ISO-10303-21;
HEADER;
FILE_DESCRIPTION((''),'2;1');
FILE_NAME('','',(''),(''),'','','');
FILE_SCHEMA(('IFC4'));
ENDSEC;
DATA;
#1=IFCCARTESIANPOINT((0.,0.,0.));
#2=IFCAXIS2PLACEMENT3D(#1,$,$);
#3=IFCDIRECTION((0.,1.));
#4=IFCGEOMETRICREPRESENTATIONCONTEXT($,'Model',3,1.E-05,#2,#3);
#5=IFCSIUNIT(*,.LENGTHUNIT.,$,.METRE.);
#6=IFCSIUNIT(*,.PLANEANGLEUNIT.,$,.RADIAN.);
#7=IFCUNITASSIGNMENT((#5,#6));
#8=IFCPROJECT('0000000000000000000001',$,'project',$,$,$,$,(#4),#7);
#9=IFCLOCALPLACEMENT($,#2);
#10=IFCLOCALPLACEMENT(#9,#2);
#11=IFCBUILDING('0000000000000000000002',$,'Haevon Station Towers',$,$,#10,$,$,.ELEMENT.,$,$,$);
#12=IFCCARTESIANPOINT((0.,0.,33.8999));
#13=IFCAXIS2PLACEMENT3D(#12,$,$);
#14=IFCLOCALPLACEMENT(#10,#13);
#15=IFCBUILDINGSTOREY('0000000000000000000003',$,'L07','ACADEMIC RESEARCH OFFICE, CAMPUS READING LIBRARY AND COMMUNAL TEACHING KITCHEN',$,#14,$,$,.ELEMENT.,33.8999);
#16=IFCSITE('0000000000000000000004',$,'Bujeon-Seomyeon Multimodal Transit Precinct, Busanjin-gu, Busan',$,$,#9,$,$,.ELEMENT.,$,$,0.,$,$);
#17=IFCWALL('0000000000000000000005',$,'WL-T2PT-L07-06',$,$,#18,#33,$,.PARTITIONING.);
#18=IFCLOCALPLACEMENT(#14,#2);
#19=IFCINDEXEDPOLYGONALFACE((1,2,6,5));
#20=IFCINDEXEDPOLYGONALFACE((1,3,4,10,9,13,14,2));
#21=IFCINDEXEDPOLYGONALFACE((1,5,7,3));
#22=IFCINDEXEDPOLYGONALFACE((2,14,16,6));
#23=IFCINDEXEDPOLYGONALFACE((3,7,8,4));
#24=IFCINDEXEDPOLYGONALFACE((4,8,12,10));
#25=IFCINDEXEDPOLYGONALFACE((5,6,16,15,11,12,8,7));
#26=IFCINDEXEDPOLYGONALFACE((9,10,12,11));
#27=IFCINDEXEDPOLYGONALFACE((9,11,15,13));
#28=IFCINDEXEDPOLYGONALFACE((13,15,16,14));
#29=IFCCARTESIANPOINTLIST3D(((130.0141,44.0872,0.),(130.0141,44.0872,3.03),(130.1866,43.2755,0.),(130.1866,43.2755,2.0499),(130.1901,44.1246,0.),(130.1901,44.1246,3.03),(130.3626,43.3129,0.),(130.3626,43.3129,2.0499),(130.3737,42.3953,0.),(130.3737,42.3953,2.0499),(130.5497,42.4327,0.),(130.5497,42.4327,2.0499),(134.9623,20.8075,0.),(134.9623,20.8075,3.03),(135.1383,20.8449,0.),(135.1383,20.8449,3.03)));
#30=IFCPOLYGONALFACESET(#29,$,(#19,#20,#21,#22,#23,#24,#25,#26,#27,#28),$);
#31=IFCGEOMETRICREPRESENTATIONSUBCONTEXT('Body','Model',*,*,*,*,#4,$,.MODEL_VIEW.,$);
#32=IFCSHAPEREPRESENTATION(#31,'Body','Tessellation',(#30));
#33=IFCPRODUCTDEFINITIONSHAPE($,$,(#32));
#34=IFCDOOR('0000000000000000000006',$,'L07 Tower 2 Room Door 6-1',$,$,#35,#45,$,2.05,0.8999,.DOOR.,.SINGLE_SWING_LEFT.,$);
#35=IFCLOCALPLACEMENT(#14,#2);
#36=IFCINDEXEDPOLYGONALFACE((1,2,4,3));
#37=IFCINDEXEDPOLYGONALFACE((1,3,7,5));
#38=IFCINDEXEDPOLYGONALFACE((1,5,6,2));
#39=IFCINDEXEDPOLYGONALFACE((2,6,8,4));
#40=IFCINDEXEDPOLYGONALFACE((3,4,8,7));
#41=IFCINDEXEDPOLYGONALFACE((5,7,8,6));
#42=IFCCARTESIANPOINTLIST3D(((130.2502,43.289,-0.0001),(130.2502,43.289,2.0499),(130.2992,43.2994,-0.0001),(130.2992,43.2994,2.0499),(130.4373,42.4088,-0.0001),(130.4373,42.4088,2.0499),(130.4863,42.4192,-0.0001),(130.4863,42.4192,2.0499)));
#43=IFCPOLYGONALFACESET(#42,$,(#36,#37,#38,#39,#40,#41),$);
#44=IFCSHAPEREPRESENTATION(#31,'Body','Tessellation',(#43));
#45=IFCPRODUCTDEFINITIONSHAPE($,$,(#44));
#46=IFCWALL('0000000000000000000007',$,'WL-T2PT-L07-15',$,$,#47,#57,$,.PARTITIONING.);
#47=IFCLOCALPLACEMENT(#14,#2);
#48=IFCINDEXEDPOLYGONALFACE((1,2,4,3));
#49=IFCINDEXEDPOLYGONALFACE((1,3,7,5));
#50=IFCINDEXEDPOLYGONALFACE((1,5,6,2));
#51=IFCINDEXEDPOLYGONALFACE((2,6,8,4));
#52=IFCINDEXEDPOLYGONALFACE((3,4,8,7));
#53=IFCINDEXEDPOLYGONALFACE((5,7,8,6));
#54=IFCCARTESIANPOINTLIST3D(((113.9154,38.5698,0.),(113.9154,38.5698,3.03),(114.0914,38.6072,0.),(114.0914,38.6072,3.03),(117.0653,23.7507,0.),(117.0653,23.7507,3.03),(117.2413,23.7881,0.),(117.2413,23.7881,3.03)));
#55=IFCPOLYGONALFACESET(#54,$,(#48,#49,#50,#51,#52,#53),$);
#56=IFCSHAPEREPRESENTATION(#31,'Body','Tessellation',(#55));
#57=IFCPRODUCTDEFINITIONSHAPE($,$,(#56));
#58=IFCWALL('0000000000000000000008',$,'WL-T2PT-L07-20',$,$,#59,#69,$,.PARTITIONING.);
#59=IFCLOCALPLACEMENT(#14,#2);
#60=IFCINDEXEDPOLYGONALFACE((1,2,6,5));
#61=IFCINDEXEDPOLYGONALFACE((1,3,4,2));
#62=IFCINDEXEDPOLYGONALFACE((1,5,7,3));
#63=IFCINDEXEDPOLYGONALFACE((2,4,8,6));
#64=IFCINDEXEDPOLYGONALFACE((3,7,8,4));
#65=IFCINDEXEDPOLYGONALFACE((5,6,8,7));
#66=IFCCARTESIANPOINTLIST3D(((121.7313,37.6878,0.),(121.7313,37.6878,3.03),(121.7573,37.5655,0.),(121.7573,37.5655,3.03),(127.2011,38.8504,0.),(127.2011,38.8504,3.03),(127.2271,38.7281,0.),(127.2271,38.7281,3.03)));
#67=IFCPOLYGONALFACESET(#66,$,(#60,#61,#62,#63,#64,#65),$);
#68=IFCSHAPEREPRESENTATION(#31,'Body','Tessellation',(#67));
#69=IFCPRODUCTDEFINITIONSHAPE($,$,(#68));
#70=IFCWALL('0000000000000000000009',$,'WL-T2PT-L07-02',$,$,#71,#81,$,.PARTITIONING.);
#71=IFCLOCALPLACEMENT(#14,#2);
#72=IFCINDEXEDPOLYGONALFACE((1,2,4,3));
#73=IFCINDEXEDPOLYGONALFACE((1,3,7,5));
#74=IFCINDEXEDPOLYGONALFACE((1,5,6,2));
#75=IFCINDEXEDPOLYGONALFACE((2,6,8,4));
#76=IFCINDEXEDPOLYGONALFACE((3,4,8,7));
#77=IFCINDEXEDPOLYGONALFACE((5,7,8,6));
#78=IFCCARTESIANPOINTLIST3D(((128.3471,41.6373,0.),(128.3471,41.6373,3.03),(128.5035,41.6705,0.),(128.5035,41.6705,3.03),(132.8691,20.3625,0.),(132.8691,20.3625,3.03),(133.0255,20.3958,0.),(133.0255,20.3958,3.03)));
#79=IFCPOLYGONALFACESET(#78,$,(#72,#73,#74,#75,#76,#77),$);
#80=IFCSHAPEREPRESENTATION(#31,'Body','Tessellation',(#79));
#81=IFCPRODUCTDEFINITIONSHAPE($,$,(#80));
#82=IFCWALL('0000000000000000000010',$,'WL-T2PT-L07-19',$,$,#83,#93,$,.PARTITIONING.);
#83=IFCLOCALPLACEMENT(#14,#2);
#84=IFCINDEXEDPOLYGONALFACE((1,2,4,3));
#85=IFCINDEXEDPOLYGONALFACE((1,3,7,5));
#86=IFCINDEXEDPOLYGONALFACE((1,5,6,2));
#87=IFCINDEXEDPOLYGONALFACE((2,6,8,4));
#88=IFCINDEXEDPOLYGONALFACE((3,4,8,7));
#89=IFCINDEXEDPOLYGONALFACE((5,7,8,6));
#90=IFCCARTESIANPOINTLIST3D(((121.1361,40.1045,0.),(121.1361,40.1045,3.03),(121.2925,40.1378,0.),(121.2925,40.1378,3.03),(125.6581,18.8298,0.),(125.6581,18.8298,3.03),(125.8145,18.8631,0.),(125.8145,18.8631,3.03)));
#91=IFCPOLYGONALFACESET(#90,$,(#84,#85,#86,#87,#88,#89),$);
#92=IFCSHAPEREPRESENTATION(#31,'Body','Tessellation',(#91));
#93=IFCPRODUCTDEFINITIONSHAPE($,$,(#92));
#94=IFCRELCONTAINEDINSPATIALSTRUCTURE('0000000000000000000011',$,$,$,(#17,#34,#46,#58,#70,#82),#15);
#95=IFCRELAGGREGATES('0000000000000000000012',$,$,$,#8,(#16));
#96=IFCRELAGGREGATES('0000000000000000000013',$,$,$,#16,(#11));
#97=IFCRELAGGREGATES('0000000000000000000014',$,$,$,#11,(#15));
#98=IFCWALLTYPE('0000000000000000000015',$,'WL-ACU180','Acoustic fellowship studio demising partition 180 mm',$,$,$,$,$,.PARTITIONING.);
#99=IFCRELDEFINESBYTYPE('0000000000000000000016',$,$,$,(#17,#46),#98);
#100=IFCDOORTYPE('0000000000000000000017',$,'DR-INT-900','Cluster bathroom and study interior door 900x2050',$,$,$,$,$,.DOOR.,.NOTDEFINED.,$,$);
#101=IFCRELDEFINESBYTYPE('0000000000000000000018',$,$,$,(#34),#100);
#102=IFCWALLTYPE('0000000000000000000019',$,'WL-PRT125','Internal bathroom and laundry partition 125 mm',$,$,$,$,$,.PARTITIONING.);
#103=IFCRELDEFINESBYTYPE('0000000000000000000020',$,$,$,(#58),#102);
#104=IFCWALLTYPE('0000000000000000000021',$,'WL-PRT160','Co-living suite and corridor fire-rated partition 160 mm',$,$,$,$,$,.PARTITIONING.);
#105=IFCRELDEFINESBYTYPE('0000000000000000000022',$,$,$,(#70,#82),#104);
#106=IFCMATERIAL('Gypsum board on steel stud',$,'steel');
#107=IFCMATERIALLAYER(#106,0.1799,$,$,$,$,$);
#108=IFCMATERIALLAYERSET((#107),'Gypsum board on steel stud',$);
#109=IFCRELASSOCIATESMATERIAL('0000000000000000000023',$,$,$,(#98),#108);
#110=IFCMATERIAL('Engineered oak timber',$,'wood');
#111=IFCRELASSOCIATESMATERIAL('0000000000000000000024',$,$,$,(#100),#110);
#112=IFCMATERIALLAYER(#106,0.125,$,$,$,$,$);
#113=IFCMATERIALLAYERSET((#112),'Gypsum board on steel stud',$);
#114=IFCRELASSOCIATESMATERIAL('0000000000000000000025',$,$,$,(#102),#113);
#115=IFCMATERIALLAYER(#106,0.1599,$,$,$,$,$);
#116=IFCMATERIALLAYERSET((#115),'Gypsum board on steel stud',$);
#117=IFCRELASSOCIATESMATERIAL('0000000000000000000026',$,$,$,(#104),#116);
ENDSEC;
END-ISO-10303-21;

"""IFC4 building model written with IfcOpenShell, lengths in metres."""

from ifc_helpers import new_model, si_unit, direction, frame, frame_2d, origin, place, context, subcontext, project, spatial, rectangle, extrude, material, layer, layer_set, type_object, element, fill, save


model = new_model("IFC4")

# Units and contexts
model_context = context("Model", 3, precision=1e-05, world=origin(), true_north=direction((0.0, 1.0)))
body_context = subcontext(model_context, "Body", "Model", "MODEL_VIEW")
ifc_project = project(units=[si_unit("LENGTHUNIT", "METRE"), si_unit("PLANEANGLEUNIT", "RADIAN")], contexts=[model_context])

# Site, building, storey
site_placement = place(None, origin())
site = spatial("IfcSite", under=ifc_project, at=site_placement, Name="Bujeon-Seomyeon Multimodal Transit Precinct, Busanjin-gu, Busan", CompositionType="ELEMENT", RefElevation=0.0)
building_placement = place(site_placement, origin())
building = spatial("IfcBuilding", under=site, at=building_placement, Name="Haevon Station Towers", CompositionType="ELEMENT")
storey_placement = place(building_placement, frame((0.0, 0.0, 33.8999)))
storey = spatial("IfcBuildingStorey", under=building, at=storey_placement, Name="L07", Description="ACADEMIC RESEARCH OFFICE, CAMPUS READING LIBRARY AND COMMUNAL TEACHING KITCHEN", CompositionType="ELEMENT", Elevation=33.8999)

# Wall, opening, door
ifc_material_1 = material(Name="Gypsum board on steel stud", Category="steel")
ifc_layer_1 = layer(ifc_material_1, 0.1799)
ifc_layer_set_1 = layer_set([ifc_layer_1], Name="Gypsum board on steel stud")
wall_type_1 = type_object("IfcWallType", Name="WL-ACU180", Description="Acoustic fellowship studio demising partition 180 mm", PredefinedType="PARTITIONING", material=ifc_layer_set_1)
wall_1_placement = place(storey_placement, frame((135.0503, 20.8262, 0.0), z_axis=(0.0, 0.0, 1.0), x_axis=(-0.207911, 0.978148, 0.0)))
wall_1 = element("IfcWall", 1, at=wall_1_placement, inside=storey, type_object=wall_type_1, Name="WL-T2PT-L07-06", PredefinedType="PARTITIONING", context=body_context, shape_type="SweptSolid", body=[
    extrude(rectangle(XDim=23.7998, YDim=0.1799, at=frame_2d((11.8999, 0.0))), origin(), (0.0, 0.0, 1.0), 3.03),
])
opening_placement = place(wall_1_placement, frame((22.0701, 0.0, 0.0)))
opening = element("IfcOpeningElement", 2, at=opening_placement, cuts=wall_1, PredefinedType="OPENING", context=body_context, shape_type="SweptSolid", body=[
    extrude(rectangle(XDim=0.8999, YDim=2.05, at=frame_2d((0.45, 1.0249))), frame((0.0, 0.0999, 0.0), z_axis=(0.0, -1.0, 0.0), x_axis=(1.0, 0.0, 0.0)), (0.0, 0.0, 1.0), 0.2),
])
ifc_material_2 = material(Name="Engineered oak timber", Category="wood")
door_type = type_object("IfcDoorType", Name="DR-INT-900", Description="Cluster bathroom and study interior door 900x2050", OperationType="NOTDEFINED", PredefinedType="DOOR", material=ifc_material_2)
door_placement = place(opening_placement, origin())
door = element("IfcDoor", 3, at=door_placement, inside=storey, type_object=door_type, Name="L07 Tower 2 Room Door 6-1", OperationType="SINGLE_SWING_LEFT", OverallHeight=2.05, OverallWidth=0.8999, PredefinedType="DOOR", context=body_context, shape_type="SweptSolid", body=[
    extrude(rectangle(XDim=0.8999, YDim=2.05, at=frame_2d((0.45, 1.0249))), frame((0.0, 0.0249, 0.0), z_axis=(0.0, -1.0, 0.0), x_axis=(1.0, 0.0, 0.0)), (0.0, 0.0, 1.0), 0.05),
])
fill(opening, door)

# Walls
wall_2_placement = place(storey_placement, frame((117.1533, 23.7693, 0.0), z_axis=(0.0, 0.0, 1.0), x_axis=(-0.207912, 0.978148, 0.0)))
element("IfcWall", 4, at=wall_2_placement, inside=storey, type_object=wall_type_1, Name="WL-T2PT-L07-15", PredefinedType="PARTITIONING", context=body_context, shape_type="SweptSolid", body=[
    extrude(rectangle(XDim=15.1501, YDim=0.1799, at=frame_2d((7.5752, 0.0))), origin(), (0.0, 0.0, 1.0), 3.03),
])
ifc_layer_2 = layer(ifc_material_1, 0.125)
ifc_layer_set_2 = layer_set([ifc_layer_2], Name="Gypsum board on steel stud")
wall_type_2 = type_object("IfcWallType", Name="WL-PRT125", Description="Internal bathroom and laundry partition 125 mm", PredefinedType="PARTITIONING", material=ifc_layer_set_2)
wall_3_placement = place(storey_placement, frame((121.7444, 37.6267, 0.0), z_axis=(0.0, 0.0, 1.0), x_axis=(0.978151, 0.207898, 0.0)))
element("IfcWall", 5, at=wall_3_placement, inside=storey, type_object=wall_type_2, Name="WL-T2PT-L07-20", PredefinedType="PARTITIONING", context=body_context, shape_type="SweptSolid", body=[
    extrude(rectangle(XDim=5.592, YDim=0.125, at=frame_2d((2.7959, 0.0))), origin(), (0.0, 0.0, 1.0), 3.03),
])
ifc_layer_3 = layer(ifc_material_1, 0.1599)
ifc_layer_set_3 = layer_set([ifc_layer_3], Name="Gypsum board on steel stud")
wall_type_3 = type_object("IfcWallType", Name="WL-PRT160", Description="Co-living suite and corridor fire-rated partition 160 mm", PredefinedType="PARTITIONING", material=ifc_layer_set_3)
for number, where, z_axis, x_axis, name in (
    (6, (132.9473, 20.3792, 0.0), (0.0, 0.0, 1.0), (-0.207907, 0.978148, 0.0), "WL-T2PT-L07-02"),
    (7, (125.7363, 18.8464, 0.0), (0.0, 0.0, 1.0), (-0.207907, 0.978148, 0.0), "WL-T2PT-L07-19"),
):
    element("IfcWall", number, at=place(storey_placement, frame(where, z_axis=z_axis, x_axis=x_axis)), inside=storey, type_object=wall_type_3, Name=name, PredefinedType="PARTITIONING", context=body_context, shape_type="SweptSolid", body=[
        extrude(rectangle(XDim=21.75, YDim=0.1599, at=frame_2d((10.875, 0.0))), origin(), (0.0, 0.0, 1.0), 3.03),
    ])

save(model, "model.ifc")
